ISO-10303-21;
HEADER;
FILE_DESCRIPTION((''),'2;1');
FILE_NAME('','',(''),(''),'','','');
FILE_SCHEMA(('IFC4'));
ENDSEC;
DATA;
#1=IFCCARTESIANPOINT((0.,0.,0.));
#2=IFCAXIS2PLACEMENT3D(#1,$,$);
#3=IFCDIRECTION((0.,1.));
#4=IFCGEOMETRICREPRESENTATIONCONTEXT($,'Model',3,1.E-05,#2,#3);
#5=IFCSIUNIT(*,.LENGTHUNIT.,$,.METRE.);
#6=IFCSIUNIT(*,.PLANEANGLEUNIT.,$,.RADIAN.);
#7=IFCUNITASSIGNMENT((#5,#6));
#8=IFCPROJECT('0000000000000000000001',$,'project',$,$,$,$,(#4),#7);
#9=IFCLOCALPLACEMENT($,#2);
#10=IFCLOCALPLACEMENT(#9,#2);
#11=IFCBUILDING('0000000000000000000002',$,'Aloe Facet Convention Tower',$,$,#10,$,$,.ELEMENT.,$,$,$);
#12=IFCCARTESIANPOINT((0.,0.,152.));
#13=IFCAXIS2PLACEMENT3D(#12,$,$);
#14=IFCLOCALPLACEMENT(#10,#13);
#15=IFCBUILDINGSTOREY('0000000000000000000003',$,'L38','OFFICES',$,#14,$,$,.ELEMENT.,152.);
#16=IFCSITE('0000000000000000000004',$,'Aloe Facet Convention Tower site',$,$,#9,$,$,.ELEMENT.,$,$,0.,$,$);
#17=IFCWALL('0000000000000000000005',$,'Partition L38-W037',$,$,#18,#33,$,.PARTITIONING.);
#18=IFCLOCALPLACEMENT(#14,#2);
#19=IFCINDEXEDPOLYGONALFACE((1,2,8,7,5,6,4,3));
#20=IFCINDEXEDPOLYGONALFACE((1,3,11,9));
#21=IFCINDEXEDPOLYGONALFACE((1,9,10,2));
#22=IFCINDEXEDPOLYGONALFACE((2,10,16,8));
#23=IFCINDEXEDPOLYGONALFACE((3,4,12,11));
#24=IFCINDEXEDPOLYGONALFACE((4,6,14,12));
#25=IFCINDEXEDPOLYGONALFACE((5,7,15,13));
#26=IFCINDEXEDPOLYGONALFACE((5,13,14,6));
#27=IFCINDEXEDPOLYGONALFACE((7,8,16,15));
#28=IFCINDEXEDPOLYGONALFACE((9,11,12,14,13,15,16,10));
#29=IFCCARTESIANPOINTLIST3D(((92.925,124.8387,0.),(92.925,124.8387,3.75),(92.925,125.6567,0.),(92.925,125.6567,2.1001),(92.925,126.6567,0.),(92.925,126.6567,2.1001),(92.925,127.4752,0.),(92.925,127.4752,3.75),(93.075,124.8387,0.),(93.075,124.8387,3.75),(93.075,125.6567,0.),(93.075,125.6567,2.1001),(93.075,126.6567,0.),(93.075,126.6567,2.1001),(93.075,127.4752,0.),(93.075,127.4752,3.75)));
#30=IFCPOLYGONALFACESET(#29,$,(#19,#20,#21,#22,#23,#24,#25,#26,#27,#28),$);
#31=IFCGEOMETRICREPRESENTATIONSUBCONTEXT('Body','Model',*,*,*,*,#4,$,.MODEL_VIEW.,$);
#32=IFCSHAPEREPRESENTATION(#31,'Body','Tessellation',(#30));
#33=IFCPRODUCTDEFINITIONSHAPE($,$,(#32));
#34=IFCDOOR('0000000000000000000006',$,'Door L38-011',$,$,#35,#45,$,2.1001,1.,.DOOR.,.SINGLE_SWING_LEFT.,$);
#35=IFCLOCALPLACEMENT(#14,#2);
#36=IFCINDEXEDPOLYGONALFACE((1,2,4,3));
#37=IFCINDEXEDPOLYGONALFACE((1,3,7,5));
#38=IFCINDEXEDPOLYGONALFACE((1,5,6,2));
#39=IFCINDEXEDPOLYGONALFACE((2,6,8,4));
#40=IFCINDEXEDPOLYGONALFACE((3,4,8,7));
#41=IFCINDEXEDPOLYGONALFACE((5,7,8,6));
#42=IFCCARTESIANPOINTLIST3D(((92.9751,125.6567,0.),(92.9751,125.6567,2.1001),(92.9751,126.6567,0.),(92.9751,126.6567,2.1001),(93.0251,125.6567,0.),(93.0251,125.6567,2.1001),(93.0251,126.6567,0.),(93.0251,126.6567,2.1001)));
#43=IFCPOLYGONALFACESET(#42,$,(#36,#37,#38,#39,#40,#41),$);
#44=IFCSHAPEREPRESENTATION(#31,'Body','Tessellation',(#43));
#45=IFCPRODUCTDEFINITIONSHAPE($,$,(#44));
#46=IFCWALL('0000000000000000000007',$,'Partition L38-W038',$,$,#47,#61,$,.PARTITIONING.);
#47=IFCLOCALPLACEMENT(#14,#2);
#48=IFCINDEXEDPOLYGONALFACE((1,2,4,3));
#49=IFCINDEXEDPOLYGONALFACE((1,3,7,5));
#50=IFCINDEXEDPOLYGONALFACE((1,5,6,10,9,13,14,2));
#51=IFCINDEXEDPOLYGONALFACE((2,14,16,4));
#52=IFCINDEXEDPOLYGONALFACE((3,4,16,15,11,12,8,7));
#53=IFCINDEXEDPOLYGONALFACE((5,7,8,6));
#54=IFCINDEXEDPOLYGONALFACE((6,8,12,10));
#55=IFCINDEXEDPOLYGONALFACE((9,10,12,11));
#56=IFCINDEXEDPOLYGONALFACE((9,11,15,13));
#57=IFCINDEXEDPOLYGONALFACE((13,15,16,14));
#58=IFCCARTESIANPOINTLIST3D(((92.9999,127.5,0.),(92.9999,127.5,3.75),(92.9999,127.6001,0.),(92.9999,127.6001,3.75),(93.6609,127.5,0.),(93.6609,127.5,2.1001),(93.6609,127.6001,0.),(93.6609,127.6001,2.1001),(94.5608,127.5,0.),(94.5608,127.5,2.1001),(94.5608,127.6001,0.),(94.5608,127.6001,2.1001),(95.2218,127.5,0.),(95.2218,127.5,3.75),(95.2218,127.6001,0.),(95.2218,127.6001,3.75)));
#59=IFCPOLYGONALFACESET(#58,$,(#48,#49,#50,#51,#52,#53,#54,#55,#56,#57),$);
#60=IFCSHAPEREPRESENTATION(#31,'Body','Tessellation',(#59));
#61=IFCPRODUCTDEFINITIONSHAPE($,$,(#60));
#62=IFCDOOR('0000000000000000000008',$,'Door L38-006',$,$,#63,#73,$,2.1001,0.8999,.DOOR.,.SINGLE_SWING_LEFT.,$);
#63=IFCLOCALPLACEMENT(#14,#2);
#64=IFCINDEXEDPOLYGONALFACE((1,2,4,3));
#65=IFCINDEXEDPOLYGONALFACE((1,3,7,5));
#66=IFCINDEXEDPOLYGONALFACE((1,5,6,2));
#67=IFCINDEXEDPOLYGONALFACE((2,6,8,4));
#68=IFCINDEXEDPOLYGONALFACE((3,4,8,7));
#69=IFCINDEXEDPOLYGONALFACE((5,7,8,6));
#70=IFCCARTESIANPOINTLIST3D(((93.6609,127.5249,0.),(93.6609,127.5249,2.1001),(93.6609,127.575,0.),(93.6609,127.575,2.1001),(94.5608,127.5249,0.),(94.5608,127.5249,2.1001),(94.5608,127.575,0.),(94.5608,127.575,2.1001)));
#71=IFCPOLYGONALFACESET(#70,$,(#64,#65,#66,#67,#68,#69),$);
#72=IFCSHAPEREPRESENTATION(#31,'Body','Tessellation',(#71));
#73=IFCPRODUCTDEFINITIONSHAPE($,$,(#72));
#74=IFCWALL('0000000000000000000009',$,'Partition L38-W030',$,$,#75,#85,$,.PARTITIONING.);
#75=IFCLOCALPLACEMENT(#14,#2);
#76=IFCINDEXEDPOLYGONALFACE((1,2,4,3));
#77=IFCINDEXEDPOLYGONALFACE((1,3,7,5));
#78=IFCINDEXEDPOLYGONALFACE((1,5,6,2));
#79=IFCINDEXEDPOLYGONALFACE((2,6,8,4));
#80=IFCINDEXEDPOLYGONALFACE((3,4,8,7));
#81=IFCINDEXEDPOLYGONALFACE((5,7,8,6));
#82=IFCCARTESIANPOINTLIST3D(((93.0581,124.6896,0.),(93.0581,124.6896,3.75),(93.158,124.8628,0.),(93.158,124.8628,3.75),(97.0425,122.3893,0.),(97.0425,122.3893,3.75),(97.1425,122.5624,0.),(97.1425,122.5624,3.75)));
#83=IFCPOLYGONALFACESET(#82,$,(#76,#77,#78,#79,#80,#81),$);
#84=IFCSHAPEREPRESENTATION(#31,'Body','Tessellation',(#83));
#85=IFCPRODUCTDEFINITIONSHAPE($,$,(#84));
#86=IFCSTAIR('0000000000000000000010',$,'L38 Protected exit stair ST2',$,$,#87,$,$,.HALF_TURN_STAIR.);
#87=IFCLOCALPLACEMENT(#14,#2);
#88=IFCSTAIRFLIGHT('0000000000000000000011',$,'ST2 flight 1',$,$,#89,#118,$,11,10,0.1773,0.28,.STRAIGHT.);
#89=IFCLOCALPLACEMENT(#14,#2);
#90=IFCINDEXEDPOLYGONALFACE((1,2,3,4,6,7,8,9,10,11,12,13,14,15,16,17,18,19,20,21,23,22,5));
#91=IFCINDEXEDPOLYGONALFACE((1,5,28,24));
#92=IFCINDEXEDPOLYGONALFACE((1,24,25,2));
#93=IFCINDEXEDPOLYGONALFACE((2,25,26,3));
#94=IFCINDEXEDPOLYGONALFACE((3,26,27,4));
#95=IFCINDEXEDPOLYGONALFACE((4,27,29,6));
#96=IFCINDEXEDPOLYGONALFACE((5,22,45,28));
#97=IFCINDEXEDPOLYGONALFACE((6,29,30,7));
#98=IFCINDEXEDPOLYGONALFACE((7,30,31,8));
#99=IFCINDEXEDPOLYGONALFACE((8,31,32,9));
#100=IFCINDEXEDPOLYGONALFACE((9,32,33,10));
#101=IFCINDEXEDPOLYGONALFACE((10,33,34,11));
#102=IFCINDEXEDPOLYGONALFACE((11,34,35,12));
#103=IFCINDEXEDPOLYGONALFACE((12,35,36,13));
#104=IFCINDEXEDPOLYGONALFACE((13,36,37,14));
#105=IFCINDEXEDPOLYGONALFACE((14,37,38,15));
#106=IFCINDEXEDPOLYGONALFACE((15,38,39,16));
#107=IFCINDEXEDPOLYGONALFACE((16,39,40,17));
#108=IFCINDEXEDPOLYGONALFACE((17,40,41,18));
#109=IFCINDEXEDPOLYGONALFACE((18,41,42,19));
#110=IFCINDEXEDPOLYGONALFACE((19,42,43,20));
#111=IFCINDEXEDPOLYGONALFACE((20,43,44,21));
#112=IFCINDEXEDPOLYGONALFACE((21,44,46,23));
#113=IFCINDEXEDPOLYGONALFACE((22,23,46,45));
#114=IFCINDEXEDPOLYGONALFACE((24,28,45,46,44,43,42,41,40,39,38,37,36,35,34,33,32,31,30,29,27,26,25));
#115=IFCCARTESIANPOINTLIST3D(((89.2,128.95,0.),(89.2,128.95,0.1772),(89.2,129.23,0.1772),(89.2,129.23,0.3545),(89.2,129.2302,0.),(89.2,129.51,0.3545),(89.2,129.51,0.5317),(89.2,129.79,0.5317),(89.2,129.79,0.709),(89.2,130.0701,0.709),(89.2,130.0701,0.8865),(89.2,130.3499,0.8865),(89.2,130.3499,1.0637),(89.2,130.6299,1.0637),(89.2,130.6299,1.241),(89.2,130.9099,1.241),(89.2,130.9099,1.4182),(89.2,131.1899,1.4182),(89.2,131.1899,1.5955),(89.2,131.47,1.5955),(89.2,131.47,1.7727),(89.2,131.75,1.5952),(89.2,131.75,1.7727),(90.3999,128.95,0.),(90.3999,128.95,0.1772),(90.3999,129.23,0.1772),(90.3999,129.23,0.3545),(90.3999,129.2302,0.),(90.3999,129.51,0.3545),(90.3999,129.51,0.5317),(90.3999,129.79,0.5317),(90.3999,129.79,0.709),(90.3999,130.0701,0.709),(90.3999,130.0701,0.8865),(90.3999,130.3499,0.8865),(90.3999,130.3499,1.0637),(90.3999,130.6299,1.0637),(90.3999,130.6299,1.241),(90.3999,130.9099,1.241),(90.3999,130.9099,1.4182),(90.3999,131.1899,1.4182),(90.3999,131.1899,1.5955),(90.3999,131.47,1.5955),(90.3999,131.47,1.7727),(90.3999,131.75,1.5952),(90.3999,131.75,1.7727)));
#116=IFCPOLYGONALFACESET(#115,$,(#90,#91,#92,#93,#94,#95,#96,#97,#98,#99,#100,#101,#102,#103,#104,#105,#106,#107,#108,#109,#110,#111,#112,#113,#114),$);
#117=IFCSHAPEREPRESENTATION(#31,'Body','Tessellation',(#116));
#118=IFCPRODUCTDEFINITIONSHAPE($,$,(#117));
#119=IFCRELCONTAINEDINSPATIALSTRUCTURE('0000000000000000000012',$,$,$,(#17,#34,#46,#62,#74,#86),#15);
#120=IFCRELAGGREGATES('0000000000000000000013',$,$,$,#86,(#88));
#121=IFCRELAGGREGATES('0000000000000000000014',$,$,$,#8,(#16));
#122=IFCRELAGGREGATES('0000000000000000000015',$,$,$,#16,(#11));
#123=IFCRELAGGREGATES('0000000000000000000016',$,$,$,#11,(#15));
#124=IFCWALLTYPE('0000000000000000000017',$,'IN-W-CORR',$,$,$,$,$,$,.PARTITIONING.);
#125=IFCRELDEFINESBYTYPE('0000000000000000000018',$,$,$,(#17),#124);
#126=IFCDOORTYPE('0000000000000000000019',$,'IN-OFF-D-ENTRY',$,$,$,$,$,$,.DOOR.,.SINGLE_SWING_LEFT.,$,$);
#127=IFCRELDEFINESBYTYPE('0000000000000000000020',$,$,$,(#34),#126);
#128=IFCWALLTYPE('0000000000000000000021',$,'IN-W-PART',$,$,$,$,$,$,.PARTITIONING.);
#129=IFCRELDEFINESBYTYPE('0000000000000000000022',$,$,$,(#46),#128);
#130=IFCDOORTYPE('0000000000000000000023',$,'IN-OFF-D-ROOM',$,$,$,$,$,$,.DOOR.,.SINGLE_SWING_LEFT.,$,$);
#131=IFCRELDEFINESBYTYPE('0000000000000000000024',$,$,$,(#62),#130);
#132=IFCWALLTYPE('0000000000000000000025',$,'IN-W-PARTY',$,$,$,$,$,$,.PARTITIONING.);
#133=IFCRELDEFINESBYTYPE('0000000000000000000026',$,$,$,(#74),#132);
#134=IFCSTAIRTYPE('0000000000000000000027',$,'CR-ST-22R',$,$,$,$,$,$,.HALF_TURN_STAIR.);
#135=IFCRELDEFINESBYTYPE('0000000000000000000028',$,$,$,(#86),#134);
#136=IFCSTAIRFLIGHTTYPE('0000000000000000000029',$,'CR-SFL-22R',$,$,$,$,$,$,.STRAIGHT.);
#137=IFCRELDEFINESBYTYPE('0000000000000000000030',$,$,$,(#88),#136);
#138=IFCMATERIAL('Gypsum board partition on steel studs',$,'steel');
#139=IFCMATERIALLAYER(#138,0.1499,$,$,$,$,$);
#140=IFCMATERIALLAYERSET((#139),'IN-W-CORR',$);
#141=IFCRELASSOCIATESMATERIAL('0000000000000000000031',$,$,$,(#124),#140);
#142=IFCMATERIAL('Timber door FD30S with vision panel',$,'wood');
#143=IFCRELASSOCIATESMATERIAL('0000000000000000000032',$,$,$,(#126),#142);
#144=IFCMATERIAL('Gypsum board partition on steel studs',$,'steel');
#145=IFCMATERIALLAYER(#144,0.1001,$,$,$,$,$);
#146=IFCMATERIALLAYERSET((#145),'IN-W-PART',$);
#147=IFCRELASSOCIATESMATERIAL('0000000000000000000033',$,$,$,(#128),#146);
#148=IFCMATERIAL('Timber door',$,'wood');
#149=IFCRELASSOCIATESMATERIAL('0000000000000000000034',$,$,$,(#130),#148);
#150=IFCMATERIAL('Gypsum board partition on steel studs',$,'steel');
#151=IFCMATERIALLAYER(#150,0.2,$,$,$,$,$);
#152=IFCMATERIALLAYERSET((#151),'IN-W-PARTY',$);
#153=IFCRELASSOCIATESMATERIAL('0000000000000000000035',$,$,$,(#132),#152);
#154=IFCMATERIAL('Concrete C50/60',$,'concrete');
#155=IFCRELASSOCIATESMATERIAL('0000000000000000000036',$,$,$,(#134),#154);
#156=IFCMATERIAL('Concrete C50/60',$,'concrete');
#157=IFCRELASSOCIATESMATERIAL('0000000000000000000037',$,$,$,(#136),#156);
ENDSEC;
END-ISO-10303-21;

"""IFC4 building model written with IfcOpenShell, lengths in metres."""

from ifc_helpers import new_model, si_unit, direction, frame, frame_2d, origin, place, context, subcontext, project, spatial, polyline, rectangle, outline, extrude, material, layer, layer_set, type_object, element, fill, aggregate, save


model = new_model("IFC4")

# Units and contexts
model_context = context("Model", 3, precision=1e-05, world=origin(), true_north=direction((0.0, 1.0)))
body_context = subcontext(model_context, "Body", "Model", "MODEL_VIEW")
ifc_project = project(units=[si_unit("LENGTHUNIT", "METRE"), si_unit("PLANEANGLEUNIT", "RADIAN")], contexts=[model_context])

# Site, building, storey
site_placement = place(None, origin())
site = spatial("IfcSite", under=ifc_project, at=site_placement, Name="Aloe Facet Convention Tower site", CompositionType="ELEMENT", RefElevation=0.0)
building_placement = place(site_placement, origin())
building = spatial("IfcBuilding", under=site, at=building_placement, Name="Aloe Facet Convention Tower", CompositionType="ELEMENT")
storey_placement = place(building_placement, frame((0.0, 0.0, 152.0)))
storey = spatial("IfcBuildingStorey", under=building, at=storey_placement, Name="L38", Description="OFFICES", CompositionType="ELEMENT", Elevation=152.0)

# Shared definitions
ifc_material_1 = material(Name="Gypsum board partition on steel studs", Category="steel")
ifc_layer_1 = layer(ifc_material_1, 0.1499)
ifc_layer_set_1 = layer_set([ifc_layer_1], Name="IN-W-CORR")
wall_type_1 = type_object("IfcWallType", Name="IN-W-CORR", PredefinedType="PARTITIONING", material=ifc_layer_set_1)

# Walls, openings, doors
wall_1_placement = place(storey_placement, frame((93.0, 124.8386, 0.0), z_axis=(0.0, 0.0, 1.0), x_axis=(0.0, 1.0, 0.0)))
wall_1 = element("IfcWall", 1, at=wall_1_placement, inside=storey, type_object=wall_type_1, Name="Partition L38-W037", PredefinedType="PARTITIONING", context=body_context, shape_type="SweptSolid", body=[
    extrude(rectangle(XDim=2.6365, YDim=0.1499, at=frame_2d((1.3184, 0.0))), origin(), (0.0, 0.0, 1.0), 3.75),
])
opening_1_placement = place(wall_1_placement, frame((0.8181, 0.0, 0.0)))
opening_1 = element("IfcOpeningElement", 2, at=opening_1_placement, cuts=wall_1, PredefinedType="OPENING", context=body_context, shape_type="SweptSolid", body=[
    extrude(rectangle(XDim=1.0, YDim=2.1001, at=frame_2d((0.5, 1.05))), frame((0.0, 0.085, 0.0), z_axis=(0.0, -1.0, 0.0), x_axis=(1.0, 0.0, 0.0)), (0.0, 0.0, 1.0), 0.1699),
])
ifc_material_2 = material(Name="Timber door FD30S with vision panel", Category="wood")
door_type_1 = type_object("IfcDoorType", Name="IN-OFF-D-ENTRY", OperationType="SINGLE_SWING_LEFT", PredefinedType="DOOR", material=ifc_material_2)
door_1_placement = place(opening_1_placement, origin())
door_1 = element("IfcDoor", 3, at=door_1_placement, inside=storey, type_object=door_type_1, Name="Door L38-011", OperationType="SINGLE_SWING_LEFT", OverallHeight=2.1001, OverallWidth=1.0, PredefinedType="DOOR", context=body_context, shape_type="SweptSolid", body=[
    extrude(rectangle(XDim=1.0, YDim=2.1001, at=frame_2d((0.5, 1.05))), frame((0.0, 0.0249, 0.0), z_axis=(0.0, -1.0, 0.0), x_axis=(1.0, 0.0, 0.0)), (0.0, 0.0, 1.0), 0.05),
])
fill(opening_1, door_1)
ifc_material_3 = material(Name="Gypsum board partition on steel studs", Category="steel")
ifc_layer_2 = layer(ifc_material_3, 0.1001)
ifc_layer_set_2 = layer_set([ifc_layer_2], Name="IN-W-PART")
wall_type_2 = type_object("IfcWallType", Name="IN-W-PART", PredefinedType="PARTITIONING", material=ifc_layer_set_2)
wall_2_placement = place(storey_placement, frame((93.0, 127.55, 0.0), z_axis=(0.0, 0.0, 1.0), x_axis=(1.0, 0.0, 0.0)))
wall_2 = element("IfcWall", 4, at=wall_2_placement, inside=storey, type_object=wall_type_2, Name="Partition L38-W038", PredefinedType="PARTITIONING", context=body_context, shape_type="SweptSolid", body=[
    extrude(rectangle(XDim=2.2219, YDim=0.1001, at=frame_2d((1.1108, 0.0))), origin(), (0.0, 0.0, 1.0), 3.75),
])
opening_2_placement = place(wall_2_placement, frame((0.6609, 0.0, 0.0)))
opening_2 = element("IfcOpeningElement", 5, at=opening_2_placement, cuts=wall_2, PredefinedType="OPENING", context=body_context, shape_type="SweptSolid", body=[
    extrude(rectangle(XDim=0.8999, YDim=2.1001, at=frame_2d((0.45, 1.05))), frame((0.0, 0.0601, 0.0), z_axis=(0.0, -1.0, 0.0), x_axis=(1.0, 0.0, 0.0)), (0.0, 0.0, 1.0), 0.1201),
])
ifc_material_4 = material(Name="Timber door", Category="wood")
door_type_2 = type_object("IfcDoorType", Name="IN-OFF-D-ROOM", OperationType="SINGLE_SWING_LEFT", PredefinedType="DOOR", material=ifc_material_4)
door_2_placement = place(opening_2_placement, origin())
door_2 = element("IfcDoor", 6, at=door_2_placement, inside=storey, type_object=door_type_2, Name="Door L38-006", OperationType="SINGLE_SWING_LEFT", OverallHeight=2.1001, OverallWidth=0.8999, PredefinedType="DOOR", context=body_context, shape_type="SweptSolid", body=[
    extrude(rectangle(XDim=0.8999, YDim=2.1001, at=frame_2d((0.45, 1.05))), frame((0.0, 0.0249, 0.0), z_axis=(0.0, -1.0, 0.0), x_axis=(1.0, 0.0, 0.0)), (0.0, 0.0, 1.0), 0.05),
])
fill(opening_2, door_2)

# Wall
ifc_material_5 = material(Name="Gypsum board partition on steel studs", Category="steel")
ifc_layer_3 = layer(ifc_material_5, 0.2)
ifc_layer_set_3 = layer_set([ifc_layer_3], Name="IN-W-PARTY")
wall_type_3 = type_object("IfcWallType", Name="IN-W-PARTY", PredefinedType="PARTITIONING", material=ifc_layer_set_3)
wall_3_placement = place(storey_placement, frame((93.1082, 124.7761, 0.0), z_axis=(0.0, 0.0, 1.0), x_axis=(0.866034, -0.499986, 0.0)))
element("IfcWall", 7, at=wall_3_placement, inside=storey, type_object=wall_type_3, Name="Partition L38-W030", PredefinedType="PARTITIONING", context=body_context, shape_type="SweptSolid", body=[
    extrude(rectangle(XDim=4.6008, YDim=0.2, at=frame_2d((2.3003, 0.0))), origin(), (0.0, 0.0, 1.0), 3.75),
])

# Stair, stair flight
ifc_material_6 = material(Name="Concrete C50/60", Category="concrete")
stair_type = type_object("IfcStairType", Name="CR-ST-22R", PredefinedType="HALF_TURN_STAIR", material=ifc_material_6)
stair_placement = place(storey_placement, origin())
stair = element("IfcStair", 8, at=stair_placement, inside=storey, type_object=stair_type, Name="L38 Protected exit stair ST2", PredefinedType="HALF_TURN_STAIR")
ifc_material_7 = material(Name="Concrete C50/60", Category="concrete")
stair_flight_type = type_object("IfcStairFlightType", Name="CR-SFL-22R", PredefinedType="STRAIGHT", material=ifc_material_7)
stair_flight_placement = place(storey_placement, frame((89.8, 128.95, 0.0), z_axis=(0.0, 0.0, 1.0), x_axis=(0.0, 1.0, 0.0)))
stair_flight = element("IfcStairFlight", 9, at=stair_flight_placement, type_object=stair_flight_type, Name="ST2 flight 1", NumberOfRisers=11, NumberOfTreads=10, PredefinedType="STRAIGHT", RiserHeight=0.1773, TreadLength=0.28, context=body_context, shape_type="SweptSolid", body=[
    extrude(outline(polyline([(0.0, 0.0), (0.0, 0.1772), (0.28, 0.1772), (0.28, 0.3545), (0.5601, 0.3545), (0.5601, 0.5317), (0.8401, 0.5317), (0.8401, 0.709), (1.1201, 0.709), (1.1201, 0.8865), (1.3999, 0.8865), (1.3999, 1.0637), (1.6799, 1.0637), (1.6799, 1.241), (1.96, 1.241), (1.96, 1.4182), (2.24, 1.4182), (2.24, 1.5955), (2.52, 1.5955), (2.52, 1.7727), (2.8, 1.7727), (2.8, 1.95), (2.8, 1.5952), (0.2803, 0.0), (0.0, 0.0)])), frame((0.0, 0.6001, 0.0), z_axis=(0.0, -1.0, 0.0), x_axis=(1.0, 0.0, 0.0)), (0.0, 0.0, 1.0), 1.2),
])
aggregate(stair, [stair_flight])

save(model, "model.ifc")
